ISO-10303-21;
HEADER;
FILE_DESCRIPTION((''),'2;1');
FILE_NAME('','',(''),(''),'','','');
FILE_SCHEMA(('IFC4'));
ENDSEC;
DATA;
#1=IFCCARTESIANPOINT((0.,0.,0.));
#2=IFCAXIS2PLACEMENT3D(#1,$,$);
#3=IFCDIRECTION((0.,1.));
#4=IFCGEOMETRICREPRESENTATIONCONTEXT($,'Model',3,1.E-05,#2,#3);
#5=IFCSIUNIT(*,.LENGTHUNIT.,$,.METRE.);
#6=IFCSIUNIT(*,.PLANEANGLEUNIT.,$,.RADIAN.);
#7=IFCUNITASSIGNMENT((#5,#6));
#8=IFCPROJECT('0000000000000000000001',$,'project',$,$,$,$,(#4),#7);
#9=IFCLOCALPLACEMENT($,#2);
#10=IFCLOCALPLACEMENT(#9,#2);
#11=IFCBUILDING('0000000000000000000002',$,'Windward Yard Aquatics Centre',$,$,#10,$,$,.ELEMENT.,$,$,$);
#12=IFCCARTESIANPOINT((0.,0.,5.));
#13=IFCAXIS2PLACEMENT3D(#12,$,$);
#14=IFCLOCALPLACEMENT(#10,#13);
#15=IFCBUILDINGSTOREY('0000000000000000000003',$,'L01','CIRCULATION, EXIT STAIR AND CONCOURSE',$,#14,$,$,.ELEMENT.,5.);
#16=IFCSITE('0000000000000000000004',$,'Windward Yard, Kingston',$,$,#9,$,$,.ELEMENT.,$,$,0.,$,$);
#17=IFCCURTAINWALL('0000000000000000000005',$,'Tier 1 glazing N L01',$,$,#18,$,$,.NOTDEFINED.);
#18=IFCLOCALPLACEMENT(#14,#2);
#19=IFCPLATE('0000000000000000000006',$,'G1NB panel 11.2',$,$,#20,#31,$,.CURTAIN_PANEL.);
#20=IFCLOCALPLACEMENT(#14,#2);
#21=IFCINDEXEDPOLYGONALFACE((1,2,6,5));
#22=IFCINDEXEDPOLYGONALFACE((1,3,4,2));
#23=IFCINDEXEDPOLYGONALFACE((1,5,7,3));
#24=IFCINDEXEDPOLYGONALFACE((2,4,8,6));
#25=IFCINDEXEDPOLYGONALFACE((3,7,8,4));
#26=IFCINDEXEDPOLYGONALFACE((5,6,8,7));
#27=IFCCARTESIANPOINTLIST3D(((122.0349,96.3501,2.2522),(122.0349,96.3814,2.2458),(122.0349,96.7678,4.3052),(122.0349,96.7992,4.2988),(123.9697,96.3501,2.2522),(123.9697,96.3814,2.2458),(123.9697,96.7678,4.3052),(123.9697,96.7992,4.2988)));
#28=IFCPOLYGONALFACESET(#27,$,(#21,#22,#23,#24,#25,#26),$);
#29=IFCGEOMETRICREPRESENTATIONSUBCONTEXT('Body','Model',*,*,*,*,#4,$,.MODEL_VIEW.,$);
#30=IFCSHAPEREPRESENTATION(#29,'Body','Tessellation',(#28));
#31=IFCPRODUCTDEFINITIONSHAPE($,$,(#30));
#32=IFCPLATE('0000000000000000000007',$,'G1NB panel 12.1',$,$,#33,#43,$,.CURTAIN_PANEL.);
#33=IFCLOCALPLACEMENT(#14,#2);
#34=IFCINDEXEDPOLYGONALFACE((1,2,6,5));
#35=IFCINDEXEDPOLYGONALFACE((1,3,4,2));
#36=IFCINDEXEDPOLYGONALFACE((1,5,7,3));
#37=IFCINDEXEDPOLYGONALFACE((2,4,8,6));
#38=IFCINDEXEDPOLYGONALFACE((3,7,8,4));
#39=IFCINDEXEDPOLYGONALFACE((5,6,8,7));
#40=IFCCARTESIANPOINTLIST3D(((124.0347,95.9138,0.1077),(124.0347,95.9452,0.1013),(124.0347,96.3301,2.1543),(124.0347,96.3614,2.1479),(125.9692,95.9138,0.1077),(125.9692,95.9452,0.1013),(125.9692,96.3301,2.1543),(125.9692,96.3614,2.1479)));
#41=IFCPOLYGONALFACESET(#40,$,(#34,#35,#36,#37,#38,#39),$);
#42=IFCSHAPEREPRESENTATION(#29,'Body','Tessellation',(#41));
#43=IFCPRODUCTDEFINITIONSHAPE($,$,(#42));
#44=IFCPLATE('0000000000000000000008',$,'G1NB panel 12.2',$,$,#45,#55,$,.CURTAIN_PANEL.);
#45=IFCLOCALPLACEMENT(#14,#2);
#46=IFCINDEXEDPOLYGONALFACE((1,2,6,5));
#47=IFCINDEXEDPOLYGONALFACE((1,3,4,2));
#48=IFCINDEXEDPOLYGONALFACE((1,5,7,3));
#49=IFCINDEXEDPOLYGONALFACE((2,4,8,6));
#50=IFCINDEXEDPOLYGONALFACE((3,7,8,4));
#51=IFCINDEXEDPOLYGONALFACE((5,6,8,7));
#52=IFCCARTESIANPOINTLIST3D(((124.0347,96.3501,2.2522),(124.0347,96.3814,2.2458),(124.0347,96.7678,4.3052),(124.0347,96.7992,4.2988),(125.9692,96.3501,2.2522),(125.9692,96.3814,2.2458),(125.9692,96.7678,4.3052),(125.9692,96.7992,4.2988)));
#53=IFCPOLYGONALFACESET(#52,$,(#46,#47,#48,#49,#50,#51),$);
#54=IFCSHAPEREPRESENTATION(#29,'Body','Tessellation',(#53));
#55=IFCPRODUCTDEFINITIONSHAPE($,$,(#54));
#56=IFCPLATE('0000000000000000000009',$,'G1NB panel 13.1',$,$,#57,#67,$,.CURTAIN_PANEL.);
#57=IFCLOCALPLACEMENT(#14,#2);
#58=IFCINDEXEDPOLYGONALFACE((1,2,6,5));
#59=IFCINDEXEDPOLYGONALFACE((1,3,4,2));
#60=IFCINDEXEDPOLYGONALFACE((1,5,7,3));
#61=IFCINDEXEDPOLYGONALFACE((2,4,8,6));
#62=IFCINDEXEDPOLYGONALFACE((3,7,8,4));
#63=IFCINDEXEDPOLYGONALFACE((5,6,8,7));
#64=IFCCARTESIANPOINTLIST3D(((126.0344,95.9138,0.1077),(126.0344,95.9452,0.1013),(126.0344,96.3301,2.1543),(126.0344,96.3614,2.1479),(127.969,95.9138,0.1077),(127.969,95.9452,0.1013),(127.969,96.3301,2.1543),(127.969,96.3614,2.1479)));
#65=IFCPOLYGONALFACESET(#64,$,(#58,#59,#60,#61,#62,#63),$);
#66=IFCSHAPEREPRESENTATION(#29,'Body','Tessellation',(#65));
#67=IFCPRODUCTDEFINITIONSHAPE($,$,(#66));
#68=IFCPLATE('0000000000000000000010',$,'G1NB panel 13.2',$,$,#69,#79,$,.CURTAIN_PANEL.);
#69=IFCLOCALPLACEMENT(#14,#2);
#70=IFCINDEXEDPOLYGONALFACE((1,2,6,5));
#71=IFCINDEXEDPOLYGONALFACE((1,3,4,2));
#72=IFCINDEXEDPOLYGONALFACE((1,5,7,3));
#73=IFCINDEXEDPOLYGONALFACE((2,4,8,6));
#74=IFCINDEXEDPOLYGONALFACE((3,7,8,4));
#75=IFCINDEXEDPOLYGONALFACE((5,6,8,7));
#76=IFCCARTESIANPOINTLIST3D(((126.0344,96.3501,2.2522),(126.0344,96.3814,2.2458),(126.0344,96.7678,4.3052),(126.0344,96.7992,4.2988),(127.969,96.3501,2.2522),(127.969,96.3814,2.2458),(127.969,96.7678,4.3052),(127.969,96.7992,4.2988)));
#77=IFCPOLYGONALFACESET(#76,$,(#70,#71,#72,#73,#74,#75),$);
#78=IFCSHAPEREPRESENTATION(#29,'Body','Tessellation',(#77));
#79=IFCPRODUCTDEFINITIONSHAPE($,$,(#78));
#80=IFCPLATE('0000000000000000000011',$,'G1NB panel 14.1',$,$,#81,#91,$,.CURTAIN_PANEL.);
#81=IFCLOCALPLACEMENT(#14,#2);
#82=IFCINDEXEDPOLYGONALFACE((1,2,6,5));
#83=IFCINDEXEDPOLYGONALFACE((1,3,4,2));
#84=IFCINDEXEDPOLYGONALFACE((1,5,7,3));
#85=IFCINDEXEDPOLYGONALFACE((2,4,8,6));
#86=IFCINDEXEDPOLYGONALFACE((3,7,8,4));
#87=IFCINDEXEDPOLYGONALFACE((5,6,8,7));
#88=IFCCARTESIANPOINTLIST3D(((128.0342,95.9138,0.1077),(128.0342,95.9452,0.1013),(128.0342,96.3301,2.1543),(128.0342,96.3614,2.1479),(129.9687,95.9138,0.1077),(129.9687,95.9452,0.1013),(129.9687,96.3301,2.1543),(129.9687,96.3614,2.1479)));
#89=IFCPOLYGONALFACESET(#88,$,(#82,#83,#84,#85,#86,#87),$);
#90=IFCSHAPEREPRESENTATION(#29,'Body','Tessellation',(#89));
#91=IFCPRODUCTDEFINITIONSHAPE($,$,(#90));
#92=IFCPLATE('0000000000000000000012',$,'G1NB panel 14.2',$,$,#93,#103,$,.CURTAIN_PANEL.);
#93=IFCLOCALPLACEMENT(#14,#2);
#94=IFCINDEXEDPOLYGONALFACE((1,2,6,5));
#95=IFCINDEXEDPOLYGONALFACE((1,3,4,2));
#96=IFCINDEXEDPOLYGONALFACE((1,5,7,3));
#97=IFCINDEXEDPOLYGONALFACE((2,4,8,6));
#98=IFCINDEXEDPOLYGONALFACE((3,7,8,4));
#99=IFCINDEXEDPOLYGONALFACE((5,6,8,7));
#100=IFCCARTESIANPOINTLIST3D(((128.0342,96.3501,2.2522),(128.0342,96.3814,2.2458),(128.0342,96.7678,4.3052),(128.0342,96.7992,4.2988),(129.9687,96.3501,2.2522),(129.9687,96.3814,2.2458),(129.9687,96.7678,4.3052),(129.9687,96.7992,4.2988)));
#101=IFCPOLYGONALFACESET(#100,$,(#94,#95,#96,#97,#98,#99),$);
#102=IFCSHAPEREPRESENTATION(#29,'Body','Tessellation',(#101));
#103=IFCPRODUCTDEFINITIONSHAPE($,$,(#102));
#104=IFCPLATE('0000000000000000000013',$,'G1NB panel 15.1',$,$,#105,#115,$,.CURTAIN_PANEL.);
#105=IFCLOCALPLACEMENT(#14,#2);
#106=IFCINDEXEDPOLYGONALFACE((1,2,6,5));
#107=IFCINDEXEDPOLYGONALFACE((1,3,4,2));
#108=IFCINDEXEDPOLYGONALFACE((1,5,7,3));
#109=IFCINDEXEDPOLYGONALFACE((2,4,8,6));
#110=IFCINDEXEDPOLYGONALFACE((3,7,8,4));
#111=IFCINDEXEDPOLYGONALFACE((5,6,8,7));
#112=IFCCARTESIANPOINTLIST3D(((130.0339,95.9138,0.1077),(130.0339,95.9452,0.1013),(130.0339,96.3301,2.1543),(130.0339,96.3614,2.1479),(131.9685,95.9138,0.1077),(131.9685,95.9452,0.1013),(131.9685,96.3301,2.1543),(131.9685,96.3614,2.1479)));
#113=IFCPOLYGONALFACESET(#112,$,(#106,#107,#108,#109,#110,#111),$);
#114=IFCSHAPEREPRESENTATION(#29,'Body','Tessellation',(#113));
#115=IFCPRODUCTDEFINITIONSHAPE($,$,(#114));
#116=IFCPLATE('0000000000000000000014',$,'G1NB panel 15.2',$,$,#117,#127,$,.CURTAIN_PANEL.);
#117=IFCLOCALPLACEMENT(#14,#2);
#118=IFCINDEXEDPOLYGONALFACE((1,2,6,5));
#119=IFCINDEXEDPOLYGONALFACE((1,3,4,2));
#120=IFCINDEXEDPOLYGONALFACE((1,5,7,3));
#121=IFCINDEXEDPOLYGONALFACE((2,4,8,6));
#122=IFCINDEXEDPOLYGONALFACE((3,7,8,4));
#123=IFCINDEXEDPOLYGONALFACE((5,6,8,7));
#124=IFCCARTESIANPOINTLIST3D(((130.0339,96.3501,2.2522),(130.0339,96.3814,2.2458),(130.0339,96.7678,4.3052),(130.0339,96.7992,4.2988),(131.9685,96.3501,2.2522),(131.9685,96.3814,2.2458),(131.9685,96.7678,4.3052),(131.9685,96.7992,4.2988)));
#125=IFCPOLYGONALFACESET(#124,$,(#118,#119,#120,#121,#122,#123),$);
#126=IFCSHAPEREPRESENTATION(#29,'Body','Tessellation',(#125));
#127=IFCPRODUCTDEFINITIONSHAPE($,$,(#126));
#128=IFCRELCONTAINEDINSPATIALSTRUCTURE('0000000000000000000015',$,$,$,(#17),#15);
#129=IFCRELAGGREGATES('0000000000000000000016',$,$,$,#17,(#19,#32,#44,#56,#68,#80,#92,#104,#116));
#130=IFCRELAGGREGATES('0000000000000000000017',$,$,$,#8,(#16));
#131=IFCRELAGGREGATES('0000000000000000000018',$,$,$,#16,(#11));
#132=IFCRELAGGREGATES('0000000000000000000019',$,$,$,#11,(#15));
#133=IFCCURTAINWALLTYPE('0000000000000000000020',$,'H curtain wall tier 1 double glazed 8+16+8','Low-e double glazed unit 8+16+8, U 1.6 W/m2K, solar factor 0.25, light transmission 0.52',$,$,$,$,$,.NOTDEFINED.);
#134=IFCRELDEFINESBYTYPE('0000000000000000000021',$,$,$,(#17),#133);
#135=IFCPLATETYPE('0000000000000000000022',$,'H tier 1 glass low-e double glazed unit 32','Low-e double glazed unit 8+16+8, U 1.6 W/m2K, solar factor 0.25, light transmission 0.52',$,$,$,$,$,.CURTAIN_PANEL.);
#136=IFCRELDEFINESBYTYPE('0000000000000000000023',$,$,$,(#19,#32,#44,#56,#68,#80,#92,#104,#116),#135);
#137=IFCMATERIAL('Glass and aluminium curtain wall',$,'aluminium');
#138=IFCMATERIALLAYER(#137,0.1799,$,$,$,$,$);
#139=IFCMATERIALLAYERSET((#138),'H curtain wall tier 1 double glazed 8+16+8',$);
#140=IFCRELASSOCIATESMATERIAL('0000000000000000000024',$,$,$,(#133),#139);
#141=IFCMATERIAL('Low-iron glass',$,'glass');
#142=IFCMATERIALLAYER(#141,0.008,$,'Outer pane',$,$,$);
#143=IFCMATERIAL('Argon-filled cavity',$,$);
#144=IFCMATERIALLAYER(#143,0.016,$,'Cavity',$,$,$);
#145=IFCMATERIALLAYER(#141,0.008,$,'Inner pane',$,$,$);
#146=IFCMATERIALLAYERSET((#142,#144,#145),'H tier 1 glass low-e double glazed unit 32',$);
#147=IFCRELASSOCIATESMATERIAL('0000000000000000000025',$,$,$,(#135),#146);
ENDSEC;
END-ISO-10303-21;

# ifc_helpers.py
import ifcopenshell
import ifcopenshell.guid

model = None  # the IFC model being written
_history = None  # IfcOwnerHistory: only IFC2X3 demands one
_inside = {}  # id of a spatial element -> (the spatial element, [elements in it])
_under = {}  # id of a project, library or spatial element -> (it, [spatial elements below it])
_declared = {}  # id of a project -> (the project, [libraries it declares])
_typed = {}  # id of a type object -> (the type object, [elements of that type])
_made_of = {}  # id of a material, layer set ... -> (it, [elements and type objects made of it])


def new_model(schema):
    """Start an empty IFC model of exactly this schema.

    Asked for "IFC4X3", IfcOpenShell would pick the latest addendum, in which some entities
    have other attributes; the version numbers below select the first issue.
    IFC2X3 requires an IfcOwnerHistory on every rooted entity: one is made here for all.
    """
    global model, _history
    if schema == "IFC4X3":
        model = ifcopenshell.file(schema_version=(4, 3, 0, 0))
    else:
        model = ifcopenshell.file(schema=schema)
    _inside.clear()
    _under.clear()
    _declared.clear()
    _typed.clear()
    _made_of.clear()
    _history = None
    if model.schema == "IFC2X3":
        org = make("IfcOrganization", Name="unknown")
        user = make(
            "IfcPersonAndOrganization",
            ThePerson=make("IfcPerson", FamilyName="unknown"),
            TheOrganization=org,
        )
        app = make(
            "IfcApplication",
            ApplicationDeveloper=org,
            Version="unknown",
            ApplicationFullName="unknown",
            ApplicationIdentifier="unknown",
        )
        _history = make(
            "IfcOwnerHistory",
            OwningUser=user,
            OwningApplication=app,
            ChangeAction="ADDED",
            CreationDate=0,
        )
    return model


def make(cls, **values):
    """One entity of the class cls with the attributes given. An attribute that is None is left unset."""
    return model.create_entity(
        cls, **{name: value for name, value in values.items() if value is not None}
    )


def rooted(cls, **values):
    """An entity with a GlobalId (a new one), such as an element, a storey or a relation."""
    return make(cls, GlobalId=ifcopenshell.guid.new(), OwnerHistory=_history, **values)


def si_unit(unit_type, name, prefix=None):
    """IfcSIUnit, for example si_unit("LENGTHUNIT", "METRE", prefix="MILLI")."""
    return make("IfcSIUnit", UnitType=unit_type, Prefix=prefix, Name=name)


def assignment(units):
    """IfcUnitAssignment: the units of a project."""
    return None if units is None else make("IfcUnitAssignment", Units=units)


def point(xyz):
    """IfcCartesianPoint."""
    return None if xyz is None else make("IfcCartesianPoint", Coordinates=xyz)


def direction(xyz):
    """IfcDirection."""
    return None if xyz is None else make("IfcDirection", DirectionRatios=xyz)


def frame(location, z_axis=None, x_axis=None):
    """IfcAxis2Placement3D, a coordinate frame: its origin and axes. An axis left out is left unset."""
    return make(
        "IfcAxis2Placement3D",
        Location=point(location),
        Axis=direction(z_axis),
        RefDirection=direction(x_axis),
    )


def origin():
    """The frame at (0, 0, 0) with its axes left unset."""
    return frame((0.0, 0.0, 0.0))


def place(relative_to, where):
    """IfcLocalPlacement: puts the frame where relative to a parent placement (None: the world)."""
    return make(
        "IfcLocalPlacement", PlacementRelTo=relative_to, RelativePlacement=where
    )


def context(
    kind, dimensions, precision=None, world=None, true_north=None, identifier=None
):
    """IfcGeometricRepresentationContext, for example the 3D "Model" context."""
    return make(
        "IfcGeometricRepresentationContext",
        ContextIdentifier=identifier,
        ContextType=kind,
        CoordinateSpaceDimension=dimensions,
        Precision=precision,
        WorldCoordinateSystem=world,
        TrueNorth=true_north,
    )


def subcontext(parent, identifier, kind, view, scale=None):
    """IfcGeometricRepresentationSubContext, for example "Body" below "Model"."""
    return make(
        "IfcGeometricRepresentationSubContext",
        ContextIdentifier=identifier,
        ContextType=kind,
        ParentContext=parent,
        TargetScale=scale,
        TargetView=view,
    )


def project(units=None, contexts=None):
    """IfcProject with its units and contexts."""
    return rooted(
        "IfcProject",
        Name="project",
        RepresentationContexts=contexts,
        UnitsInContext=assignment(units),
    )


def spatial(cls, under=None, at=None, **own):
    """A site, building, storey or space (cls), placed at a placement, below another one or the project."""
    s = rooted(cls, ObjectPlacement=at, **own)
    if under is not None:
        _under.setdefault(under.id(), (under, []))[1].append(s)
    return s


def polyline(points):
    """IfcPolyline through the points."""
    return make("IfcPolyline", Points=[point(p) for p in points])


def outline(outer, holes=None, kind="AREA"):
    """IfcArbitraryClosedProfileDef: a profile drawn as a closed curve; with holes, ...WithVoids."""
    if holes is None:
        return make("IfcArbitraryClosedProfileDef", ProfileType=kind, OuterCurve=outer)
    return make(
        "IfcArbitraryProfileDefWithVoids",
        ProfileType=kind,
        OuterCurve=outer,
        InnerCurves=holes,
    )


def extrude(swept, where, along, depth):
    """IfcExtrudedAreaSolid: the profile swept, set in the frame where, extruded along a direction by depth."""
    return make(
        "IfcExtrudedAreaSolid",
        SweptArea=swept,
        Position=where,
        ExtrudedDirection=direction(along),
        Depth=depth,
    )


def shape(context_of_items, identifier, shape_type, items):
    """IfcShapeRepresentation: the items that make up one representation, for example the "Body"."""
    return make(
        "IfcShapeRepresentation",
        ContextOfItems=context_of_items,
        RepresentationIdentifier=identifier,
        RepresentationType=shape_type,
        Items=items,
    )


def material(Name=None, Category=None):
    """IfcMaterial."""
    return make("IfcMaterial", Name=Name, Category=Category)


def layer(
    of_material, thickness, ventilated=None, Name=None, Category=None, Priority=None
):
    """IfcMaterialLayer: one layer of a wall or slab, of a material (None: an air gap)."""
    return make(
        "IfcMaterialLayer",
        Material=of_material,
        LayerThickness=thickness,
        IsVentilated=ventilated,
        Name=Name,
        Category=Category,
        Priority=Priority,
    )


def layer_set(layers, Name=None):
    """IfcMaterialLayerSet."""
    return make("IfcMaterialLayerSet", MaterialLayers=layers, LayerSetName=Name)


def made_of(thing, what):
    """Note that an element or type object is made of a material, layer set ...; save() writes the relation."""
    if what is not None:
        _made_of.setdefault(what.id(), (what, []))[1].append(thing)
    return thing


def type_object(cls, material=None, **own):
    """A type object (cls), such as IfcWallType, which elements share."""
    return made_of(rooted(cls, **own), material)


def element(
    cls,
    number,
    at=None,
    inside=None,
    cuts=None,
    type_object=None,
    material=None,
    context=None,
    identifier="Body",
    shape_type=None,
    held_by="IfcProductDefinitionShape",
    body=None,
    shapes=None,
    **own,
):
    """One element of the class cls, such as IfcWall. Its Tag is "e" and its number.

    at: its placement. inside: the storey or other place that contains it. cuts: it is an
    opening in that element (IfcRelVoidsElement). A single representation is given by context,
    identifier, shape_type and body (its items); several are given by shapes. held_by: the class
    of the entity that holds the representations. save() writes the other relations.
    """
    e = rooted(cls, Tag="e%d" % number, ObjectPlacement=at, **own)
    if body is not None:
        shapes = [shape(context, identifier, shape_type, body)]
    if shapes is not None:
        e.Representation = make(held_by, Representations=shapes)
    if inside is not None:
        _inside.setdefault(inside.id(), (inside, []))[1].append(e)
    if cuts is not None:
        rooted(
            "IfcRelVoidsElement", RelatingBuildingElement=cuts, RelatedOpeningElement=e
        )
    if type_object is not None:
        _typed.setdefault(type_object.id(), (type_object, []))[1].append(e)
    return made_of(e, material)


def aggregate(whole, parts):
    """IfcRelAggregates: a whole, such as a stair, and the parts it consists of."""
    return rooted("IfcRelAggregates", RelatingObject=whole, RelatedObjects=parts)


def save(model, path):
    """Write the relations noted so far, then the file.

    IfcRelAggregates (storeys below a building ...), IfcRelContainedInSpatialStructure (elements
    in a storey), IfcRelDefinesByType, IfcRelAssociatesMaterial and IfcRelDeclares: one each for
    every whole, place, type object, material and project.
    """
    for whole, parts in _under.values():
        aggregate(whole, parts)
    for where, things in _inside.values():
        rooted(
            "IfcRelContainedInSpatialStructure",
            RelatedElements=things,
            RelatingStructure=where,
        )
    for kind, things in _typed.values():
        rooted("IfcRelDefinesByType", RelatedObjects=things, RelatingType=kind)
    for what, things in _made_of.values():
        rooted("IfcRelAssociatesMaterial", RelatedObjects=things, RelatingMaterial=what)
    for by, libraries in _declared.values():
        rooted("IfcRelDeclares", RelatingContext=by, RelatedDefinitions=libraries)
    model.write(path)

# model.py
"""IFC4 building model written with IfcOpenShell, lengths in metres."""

from ifc_helpers import new_model, si_unit, direction, frame, origin, place, context, subcontext, project, spatial, polyline, outline, extrude, material, layer, layer_set, type_object, element, aggregate, save


model = new_model("IFC4")

# Units and contexts
model_context = context("Model", 3, precision=1e-05, world=origin(), true_north=direction((0.0, 1.0)))
body_context = subcontext(model_context, "Body", "Model", "MODEL_VIEW")
ifc_project = project(units=[si_unit("LENGTHUNIT", "METRE"), si_unit("PLANEANGLEUNIT", "RADIAN")], contexts=[model_context])

# Site, building, storey
site_placement = place(None, origin())
site = spatial("IfcSite", under=ifc_project, at=site_placement, Name="Windward Yard, Kingston", CompositionType="ELEMENT", RefElevation=0.0)
building_placement = place(site_placement, origin())
building = spatial("IfcBuilding", under=site, at=building_placement, Name="Windward Yard Aquatics Centre", CompositionType="ELEMENT")
storey_placement = place(building_placement, frame((0.0, 0.0, 5.0)))
storey = spatial("IfcBuildingStorey", under=building, at=storey_placement, Name="L01", Description="CIRCULATION, EXIT STAIR AND CONCOURSE", CompositionType="ELEMENT", Elevation=5.0)

# Curtain wall, plates
ifc_material_1 = material(Name="Glass and aluminium curtain wall", Category="aluminium")
ifc_layer_1 = layer(ifc_material_1, 0.1799)
ifc_layer_set_1 = layer_set([ifc_layer_1], Name="H curtain wall tier 1 double glazed 8+16+8")
curtain_wall_type = type_object("IfcCurtainWallType", Name="H curtain wall tier 1 double glazed 8+16+8", Description="Low-e double glazed unit 8+16+8, U 1.6 W/m2K, solar factor 0.25, light transmission 0.52", PredefinedType="NOTDEFINED", material=ifc_layer_set_1)
curtain_wall_placement = place(storey_placement, origin())
curtain_wall = element("IfcCurtainWall", 1, at=curtain_wall_placement, inside=storey, type_object=curtain_wall_type, Name="Tier 1 glazing N L01", PredefinedType="NOTDEFINED")
ifc_material_2 = material(Name="Low-iron glass", Category="glass")
ifc_layer_2 = layer(ifc_material_2, 0.008, Name="Outer pane")
ifc_material_3 = material(Name="Argon-filled cavity")
ifc_layer_3 = layer(ifc_material_3, 0.016, Name="Cavity")
ifc_layer_4 = layer(ifc_material_2, 0.008, Name="Inner pane")
ifc_layer_set_2 = layer_set([ifc_layer_2, ifc_layer_3, ifc_layer_4], Name="H tier 1 glass low-e double glazed unit 32")
plate_type = type_object("IfcPlateType", Name="H tier 1 glass low-e double glazed unit 32", Description="Low-e double glazed unit 8+16+8, U 1.6 W/m2K, solar factor 0.25, light transmission 0.52", PredefinedType="CURTAIN_PANEL", material=ifc_layer_set_2)
plate_1_placement = place(storey_placement, frame((122.0349, 96.3501, 2.2522), z_axis=(0.0, -0.979921, 0.199387), x_axis=(1.0, 0.0, 0.0)))
plate_1 = element("IfcPlate", 2, at=plate_1_placement, type_object=plate_type, Name="G1NB panel 11.2", PredefinedType="CURTAIN_PANEL", context=body_context, shape_type="SweptSolid", body=[
    extrude(outline(polyline([(0.0, 0.0), (1.9348, 0.0), (1.9348, 2.095), (0.0, 2.095), (0.0, 0.0)])), origin(), (0.0, 0.0, -1.0), 0.032),
])
plate_2_placement = place(storey_placement, frame((124.0347, 95.9138, 0.1077), z_axis=(0.0, -0.979937, 0.199307), x_axis=(1.0, 0.0, 0.0)))
plate_2 = element("IfcPlate", 3, at=plate_2_placement, type_object=plate_type, Name="G1NB panel 12.1", PredefinedType="CURTAIN_PANEL", context=body_context, shape_type="SweptSolid", body=[
    extrude(outline(polyline([(0.0, 0.0), (1.9346, 0.0), (1.9346, 2.0885), (0.0, 2.0885), (0.0, 0.0)])), origin(), (0.0, 0.0, -1.0), 0.032),
])
plate_3_placement = place(storey_placement, frame((124.0347, 96.3501, 2.2522), z_axis=(0.0, -0.979921, 0.199387), x_axis=(1.0, 0.0, 0.0)))
plate_3 = element("IfcPlate", 4, at=plate_3_placement, type_object=plate_type, Name="G1NB panel 12.2", PredefinedType="CURTAIN_PANEL", context=body_context, shape_type="SweptSolid", body=[
    extrude(outline(polyline([(0.0, 0.0), (1.9346, 0.0), (1.9346, 2.095), (0.0, 2.095), (0.0, 0.0)])), origin(), (0.0, 0.0, -1.0), 0.032),
])
plate_4_placement = place(storey_placement, frame((126.0344, 95.9138, 0.1077), z_axis=(0.0, -0.979937, 0.199307), x_axis=(1.0, 0.0, 0.0)))
plate_4 = element("IfcPlate", 5, at=plate_4_placement, type_object=plate_type, Name="G1NB panel 13.1", PredefinedType="CURTAIN_PANEL", context=body_context, shape_type="SweptSolid", body=[
    extrude(outline(polyline([(0.0, 0.0), (1.9346, 0.0), (1.9346, 2.0885), (0.0, 2.0885), (0.0, 0.0)])), origin(), (0.0, 0.0, -1.0), 0.032),
])
plate_5_placement = place(storey_placement, frame((126.0344, 96.3501, 2.2522), z_axis=(0.0, -0.979921, 0.199387), x_axis=(1.0, 0.0, 0.0)))
plate_5 = element("IfcPlate", 6, at=plate_5_placement, type_object=plate_type, Name="G1NB panel 13.2", PredefinedType="CURTAIN_PANEL", context=body_context, shape_type="SweptSolid", body=[
    extrude(outline(polyline([(0.0, 0.0), (1.9346, 0.0), (1.9346, 2.095), (0.0, 2.095), (0.0, 0.0)])), origin(), (0.0, 0.0, -1.0), 0.032),
])
plate_6_placement = place(storey_placement, frame((128.0342, 95.9138, 0.1077), z_axis=(0.0, -0.979937, 0.199307), x_axis=(1.0, 0.0, 0.0)))
plate_6 = element("IfcPlate", 7, at=plate_6_placement, type_object=plate_type, Name="G1NB panel 14.1", PredefinedType="CURTAIN_PANEL", context=body_context, shape_type="SweptSolid", body=[
    extrude(outline(polyline([(0.0, 0.0), (1.9346, 0.0), (1.9346, 2.0885), (0.0, 2.0885), (0.0, 0.0)])), origin(), (0.0, 0.0, -1.0), 0.032),
])
plate_7_placement = place(storey_placement, frame((128.0342, 96.3501, 2.2522), z_axis=(0.0, -0.979921, 0.199387), x_axis=(1.0, 0.0, 0.0)))
plate_7 = element("IfcPlate", 8, at=plate_7_placement, type_object=plate_type, Name="G1NB panel 14.2", PredefinedType="CURTAIN_PANEL", context=body_context, shape_type="SweptSolid", body=[
    extrude(outline(polyline([(0.0, 0.0), (1.9346, 0.0), (1.9346, 2.095), (0.0, 2.095), (0.0, 0.0)])), origin(), (0.0, 0.0, -1.0), 0.032),
])
plate_8_placement = place(storey_placement, frame((130.0339, 95.9138, 0.1077), z_axis=(0.0, -0.979937, 0.199307), x_axis=(1.0, 0.0, 0.0)))
plate_8 = element("IfcPlate", 9, at=plate_8_placement, type_object=plate_type, Name="G1NB panel 15.1", PredefinedType="CURTAIN_PANEL", context=body_context, shape_type="SweptSolid", body=[
    extrude(outline(polyline([(0.0, 0.0), (1.9346, 0.0), (1.9346, 2.0885), (0.0, 2.0885), (0.0, 0.0)])), origin(), (0.0, 0.0, -1.0), 0.032),
])
plate_9_placement = place(storey_placement, frame((130.0339, 96.3501, 2.2522), z_axis=(0.0, -0.979921, 0.199387), x_axis=(1.0, 0.0, 0.0)))
plate_9 = element("IfcPlate", 10, at=plate_9_placement, type_object=plate_type, Name="G1NB panel 15.2", PredefinedType="CURTAIN_PANEL", context=body_context, shape_type="SweptSolid", body=[
    extrude(outline(polyline([(0.0, 0.0), (1.9346, 0.0), (1.9346, 2.095), (0.0, 2.095), (0.0, 0.0)])), origin(), (0.0, 0.0, -1.0), 0.032),
])
aggregate(curtain_wall, [plate_1, plate_2, plate_3, plate_4, plate_5, plate_6, plate_7, plate_8, plate_9])

save(model, "model.ifc")
